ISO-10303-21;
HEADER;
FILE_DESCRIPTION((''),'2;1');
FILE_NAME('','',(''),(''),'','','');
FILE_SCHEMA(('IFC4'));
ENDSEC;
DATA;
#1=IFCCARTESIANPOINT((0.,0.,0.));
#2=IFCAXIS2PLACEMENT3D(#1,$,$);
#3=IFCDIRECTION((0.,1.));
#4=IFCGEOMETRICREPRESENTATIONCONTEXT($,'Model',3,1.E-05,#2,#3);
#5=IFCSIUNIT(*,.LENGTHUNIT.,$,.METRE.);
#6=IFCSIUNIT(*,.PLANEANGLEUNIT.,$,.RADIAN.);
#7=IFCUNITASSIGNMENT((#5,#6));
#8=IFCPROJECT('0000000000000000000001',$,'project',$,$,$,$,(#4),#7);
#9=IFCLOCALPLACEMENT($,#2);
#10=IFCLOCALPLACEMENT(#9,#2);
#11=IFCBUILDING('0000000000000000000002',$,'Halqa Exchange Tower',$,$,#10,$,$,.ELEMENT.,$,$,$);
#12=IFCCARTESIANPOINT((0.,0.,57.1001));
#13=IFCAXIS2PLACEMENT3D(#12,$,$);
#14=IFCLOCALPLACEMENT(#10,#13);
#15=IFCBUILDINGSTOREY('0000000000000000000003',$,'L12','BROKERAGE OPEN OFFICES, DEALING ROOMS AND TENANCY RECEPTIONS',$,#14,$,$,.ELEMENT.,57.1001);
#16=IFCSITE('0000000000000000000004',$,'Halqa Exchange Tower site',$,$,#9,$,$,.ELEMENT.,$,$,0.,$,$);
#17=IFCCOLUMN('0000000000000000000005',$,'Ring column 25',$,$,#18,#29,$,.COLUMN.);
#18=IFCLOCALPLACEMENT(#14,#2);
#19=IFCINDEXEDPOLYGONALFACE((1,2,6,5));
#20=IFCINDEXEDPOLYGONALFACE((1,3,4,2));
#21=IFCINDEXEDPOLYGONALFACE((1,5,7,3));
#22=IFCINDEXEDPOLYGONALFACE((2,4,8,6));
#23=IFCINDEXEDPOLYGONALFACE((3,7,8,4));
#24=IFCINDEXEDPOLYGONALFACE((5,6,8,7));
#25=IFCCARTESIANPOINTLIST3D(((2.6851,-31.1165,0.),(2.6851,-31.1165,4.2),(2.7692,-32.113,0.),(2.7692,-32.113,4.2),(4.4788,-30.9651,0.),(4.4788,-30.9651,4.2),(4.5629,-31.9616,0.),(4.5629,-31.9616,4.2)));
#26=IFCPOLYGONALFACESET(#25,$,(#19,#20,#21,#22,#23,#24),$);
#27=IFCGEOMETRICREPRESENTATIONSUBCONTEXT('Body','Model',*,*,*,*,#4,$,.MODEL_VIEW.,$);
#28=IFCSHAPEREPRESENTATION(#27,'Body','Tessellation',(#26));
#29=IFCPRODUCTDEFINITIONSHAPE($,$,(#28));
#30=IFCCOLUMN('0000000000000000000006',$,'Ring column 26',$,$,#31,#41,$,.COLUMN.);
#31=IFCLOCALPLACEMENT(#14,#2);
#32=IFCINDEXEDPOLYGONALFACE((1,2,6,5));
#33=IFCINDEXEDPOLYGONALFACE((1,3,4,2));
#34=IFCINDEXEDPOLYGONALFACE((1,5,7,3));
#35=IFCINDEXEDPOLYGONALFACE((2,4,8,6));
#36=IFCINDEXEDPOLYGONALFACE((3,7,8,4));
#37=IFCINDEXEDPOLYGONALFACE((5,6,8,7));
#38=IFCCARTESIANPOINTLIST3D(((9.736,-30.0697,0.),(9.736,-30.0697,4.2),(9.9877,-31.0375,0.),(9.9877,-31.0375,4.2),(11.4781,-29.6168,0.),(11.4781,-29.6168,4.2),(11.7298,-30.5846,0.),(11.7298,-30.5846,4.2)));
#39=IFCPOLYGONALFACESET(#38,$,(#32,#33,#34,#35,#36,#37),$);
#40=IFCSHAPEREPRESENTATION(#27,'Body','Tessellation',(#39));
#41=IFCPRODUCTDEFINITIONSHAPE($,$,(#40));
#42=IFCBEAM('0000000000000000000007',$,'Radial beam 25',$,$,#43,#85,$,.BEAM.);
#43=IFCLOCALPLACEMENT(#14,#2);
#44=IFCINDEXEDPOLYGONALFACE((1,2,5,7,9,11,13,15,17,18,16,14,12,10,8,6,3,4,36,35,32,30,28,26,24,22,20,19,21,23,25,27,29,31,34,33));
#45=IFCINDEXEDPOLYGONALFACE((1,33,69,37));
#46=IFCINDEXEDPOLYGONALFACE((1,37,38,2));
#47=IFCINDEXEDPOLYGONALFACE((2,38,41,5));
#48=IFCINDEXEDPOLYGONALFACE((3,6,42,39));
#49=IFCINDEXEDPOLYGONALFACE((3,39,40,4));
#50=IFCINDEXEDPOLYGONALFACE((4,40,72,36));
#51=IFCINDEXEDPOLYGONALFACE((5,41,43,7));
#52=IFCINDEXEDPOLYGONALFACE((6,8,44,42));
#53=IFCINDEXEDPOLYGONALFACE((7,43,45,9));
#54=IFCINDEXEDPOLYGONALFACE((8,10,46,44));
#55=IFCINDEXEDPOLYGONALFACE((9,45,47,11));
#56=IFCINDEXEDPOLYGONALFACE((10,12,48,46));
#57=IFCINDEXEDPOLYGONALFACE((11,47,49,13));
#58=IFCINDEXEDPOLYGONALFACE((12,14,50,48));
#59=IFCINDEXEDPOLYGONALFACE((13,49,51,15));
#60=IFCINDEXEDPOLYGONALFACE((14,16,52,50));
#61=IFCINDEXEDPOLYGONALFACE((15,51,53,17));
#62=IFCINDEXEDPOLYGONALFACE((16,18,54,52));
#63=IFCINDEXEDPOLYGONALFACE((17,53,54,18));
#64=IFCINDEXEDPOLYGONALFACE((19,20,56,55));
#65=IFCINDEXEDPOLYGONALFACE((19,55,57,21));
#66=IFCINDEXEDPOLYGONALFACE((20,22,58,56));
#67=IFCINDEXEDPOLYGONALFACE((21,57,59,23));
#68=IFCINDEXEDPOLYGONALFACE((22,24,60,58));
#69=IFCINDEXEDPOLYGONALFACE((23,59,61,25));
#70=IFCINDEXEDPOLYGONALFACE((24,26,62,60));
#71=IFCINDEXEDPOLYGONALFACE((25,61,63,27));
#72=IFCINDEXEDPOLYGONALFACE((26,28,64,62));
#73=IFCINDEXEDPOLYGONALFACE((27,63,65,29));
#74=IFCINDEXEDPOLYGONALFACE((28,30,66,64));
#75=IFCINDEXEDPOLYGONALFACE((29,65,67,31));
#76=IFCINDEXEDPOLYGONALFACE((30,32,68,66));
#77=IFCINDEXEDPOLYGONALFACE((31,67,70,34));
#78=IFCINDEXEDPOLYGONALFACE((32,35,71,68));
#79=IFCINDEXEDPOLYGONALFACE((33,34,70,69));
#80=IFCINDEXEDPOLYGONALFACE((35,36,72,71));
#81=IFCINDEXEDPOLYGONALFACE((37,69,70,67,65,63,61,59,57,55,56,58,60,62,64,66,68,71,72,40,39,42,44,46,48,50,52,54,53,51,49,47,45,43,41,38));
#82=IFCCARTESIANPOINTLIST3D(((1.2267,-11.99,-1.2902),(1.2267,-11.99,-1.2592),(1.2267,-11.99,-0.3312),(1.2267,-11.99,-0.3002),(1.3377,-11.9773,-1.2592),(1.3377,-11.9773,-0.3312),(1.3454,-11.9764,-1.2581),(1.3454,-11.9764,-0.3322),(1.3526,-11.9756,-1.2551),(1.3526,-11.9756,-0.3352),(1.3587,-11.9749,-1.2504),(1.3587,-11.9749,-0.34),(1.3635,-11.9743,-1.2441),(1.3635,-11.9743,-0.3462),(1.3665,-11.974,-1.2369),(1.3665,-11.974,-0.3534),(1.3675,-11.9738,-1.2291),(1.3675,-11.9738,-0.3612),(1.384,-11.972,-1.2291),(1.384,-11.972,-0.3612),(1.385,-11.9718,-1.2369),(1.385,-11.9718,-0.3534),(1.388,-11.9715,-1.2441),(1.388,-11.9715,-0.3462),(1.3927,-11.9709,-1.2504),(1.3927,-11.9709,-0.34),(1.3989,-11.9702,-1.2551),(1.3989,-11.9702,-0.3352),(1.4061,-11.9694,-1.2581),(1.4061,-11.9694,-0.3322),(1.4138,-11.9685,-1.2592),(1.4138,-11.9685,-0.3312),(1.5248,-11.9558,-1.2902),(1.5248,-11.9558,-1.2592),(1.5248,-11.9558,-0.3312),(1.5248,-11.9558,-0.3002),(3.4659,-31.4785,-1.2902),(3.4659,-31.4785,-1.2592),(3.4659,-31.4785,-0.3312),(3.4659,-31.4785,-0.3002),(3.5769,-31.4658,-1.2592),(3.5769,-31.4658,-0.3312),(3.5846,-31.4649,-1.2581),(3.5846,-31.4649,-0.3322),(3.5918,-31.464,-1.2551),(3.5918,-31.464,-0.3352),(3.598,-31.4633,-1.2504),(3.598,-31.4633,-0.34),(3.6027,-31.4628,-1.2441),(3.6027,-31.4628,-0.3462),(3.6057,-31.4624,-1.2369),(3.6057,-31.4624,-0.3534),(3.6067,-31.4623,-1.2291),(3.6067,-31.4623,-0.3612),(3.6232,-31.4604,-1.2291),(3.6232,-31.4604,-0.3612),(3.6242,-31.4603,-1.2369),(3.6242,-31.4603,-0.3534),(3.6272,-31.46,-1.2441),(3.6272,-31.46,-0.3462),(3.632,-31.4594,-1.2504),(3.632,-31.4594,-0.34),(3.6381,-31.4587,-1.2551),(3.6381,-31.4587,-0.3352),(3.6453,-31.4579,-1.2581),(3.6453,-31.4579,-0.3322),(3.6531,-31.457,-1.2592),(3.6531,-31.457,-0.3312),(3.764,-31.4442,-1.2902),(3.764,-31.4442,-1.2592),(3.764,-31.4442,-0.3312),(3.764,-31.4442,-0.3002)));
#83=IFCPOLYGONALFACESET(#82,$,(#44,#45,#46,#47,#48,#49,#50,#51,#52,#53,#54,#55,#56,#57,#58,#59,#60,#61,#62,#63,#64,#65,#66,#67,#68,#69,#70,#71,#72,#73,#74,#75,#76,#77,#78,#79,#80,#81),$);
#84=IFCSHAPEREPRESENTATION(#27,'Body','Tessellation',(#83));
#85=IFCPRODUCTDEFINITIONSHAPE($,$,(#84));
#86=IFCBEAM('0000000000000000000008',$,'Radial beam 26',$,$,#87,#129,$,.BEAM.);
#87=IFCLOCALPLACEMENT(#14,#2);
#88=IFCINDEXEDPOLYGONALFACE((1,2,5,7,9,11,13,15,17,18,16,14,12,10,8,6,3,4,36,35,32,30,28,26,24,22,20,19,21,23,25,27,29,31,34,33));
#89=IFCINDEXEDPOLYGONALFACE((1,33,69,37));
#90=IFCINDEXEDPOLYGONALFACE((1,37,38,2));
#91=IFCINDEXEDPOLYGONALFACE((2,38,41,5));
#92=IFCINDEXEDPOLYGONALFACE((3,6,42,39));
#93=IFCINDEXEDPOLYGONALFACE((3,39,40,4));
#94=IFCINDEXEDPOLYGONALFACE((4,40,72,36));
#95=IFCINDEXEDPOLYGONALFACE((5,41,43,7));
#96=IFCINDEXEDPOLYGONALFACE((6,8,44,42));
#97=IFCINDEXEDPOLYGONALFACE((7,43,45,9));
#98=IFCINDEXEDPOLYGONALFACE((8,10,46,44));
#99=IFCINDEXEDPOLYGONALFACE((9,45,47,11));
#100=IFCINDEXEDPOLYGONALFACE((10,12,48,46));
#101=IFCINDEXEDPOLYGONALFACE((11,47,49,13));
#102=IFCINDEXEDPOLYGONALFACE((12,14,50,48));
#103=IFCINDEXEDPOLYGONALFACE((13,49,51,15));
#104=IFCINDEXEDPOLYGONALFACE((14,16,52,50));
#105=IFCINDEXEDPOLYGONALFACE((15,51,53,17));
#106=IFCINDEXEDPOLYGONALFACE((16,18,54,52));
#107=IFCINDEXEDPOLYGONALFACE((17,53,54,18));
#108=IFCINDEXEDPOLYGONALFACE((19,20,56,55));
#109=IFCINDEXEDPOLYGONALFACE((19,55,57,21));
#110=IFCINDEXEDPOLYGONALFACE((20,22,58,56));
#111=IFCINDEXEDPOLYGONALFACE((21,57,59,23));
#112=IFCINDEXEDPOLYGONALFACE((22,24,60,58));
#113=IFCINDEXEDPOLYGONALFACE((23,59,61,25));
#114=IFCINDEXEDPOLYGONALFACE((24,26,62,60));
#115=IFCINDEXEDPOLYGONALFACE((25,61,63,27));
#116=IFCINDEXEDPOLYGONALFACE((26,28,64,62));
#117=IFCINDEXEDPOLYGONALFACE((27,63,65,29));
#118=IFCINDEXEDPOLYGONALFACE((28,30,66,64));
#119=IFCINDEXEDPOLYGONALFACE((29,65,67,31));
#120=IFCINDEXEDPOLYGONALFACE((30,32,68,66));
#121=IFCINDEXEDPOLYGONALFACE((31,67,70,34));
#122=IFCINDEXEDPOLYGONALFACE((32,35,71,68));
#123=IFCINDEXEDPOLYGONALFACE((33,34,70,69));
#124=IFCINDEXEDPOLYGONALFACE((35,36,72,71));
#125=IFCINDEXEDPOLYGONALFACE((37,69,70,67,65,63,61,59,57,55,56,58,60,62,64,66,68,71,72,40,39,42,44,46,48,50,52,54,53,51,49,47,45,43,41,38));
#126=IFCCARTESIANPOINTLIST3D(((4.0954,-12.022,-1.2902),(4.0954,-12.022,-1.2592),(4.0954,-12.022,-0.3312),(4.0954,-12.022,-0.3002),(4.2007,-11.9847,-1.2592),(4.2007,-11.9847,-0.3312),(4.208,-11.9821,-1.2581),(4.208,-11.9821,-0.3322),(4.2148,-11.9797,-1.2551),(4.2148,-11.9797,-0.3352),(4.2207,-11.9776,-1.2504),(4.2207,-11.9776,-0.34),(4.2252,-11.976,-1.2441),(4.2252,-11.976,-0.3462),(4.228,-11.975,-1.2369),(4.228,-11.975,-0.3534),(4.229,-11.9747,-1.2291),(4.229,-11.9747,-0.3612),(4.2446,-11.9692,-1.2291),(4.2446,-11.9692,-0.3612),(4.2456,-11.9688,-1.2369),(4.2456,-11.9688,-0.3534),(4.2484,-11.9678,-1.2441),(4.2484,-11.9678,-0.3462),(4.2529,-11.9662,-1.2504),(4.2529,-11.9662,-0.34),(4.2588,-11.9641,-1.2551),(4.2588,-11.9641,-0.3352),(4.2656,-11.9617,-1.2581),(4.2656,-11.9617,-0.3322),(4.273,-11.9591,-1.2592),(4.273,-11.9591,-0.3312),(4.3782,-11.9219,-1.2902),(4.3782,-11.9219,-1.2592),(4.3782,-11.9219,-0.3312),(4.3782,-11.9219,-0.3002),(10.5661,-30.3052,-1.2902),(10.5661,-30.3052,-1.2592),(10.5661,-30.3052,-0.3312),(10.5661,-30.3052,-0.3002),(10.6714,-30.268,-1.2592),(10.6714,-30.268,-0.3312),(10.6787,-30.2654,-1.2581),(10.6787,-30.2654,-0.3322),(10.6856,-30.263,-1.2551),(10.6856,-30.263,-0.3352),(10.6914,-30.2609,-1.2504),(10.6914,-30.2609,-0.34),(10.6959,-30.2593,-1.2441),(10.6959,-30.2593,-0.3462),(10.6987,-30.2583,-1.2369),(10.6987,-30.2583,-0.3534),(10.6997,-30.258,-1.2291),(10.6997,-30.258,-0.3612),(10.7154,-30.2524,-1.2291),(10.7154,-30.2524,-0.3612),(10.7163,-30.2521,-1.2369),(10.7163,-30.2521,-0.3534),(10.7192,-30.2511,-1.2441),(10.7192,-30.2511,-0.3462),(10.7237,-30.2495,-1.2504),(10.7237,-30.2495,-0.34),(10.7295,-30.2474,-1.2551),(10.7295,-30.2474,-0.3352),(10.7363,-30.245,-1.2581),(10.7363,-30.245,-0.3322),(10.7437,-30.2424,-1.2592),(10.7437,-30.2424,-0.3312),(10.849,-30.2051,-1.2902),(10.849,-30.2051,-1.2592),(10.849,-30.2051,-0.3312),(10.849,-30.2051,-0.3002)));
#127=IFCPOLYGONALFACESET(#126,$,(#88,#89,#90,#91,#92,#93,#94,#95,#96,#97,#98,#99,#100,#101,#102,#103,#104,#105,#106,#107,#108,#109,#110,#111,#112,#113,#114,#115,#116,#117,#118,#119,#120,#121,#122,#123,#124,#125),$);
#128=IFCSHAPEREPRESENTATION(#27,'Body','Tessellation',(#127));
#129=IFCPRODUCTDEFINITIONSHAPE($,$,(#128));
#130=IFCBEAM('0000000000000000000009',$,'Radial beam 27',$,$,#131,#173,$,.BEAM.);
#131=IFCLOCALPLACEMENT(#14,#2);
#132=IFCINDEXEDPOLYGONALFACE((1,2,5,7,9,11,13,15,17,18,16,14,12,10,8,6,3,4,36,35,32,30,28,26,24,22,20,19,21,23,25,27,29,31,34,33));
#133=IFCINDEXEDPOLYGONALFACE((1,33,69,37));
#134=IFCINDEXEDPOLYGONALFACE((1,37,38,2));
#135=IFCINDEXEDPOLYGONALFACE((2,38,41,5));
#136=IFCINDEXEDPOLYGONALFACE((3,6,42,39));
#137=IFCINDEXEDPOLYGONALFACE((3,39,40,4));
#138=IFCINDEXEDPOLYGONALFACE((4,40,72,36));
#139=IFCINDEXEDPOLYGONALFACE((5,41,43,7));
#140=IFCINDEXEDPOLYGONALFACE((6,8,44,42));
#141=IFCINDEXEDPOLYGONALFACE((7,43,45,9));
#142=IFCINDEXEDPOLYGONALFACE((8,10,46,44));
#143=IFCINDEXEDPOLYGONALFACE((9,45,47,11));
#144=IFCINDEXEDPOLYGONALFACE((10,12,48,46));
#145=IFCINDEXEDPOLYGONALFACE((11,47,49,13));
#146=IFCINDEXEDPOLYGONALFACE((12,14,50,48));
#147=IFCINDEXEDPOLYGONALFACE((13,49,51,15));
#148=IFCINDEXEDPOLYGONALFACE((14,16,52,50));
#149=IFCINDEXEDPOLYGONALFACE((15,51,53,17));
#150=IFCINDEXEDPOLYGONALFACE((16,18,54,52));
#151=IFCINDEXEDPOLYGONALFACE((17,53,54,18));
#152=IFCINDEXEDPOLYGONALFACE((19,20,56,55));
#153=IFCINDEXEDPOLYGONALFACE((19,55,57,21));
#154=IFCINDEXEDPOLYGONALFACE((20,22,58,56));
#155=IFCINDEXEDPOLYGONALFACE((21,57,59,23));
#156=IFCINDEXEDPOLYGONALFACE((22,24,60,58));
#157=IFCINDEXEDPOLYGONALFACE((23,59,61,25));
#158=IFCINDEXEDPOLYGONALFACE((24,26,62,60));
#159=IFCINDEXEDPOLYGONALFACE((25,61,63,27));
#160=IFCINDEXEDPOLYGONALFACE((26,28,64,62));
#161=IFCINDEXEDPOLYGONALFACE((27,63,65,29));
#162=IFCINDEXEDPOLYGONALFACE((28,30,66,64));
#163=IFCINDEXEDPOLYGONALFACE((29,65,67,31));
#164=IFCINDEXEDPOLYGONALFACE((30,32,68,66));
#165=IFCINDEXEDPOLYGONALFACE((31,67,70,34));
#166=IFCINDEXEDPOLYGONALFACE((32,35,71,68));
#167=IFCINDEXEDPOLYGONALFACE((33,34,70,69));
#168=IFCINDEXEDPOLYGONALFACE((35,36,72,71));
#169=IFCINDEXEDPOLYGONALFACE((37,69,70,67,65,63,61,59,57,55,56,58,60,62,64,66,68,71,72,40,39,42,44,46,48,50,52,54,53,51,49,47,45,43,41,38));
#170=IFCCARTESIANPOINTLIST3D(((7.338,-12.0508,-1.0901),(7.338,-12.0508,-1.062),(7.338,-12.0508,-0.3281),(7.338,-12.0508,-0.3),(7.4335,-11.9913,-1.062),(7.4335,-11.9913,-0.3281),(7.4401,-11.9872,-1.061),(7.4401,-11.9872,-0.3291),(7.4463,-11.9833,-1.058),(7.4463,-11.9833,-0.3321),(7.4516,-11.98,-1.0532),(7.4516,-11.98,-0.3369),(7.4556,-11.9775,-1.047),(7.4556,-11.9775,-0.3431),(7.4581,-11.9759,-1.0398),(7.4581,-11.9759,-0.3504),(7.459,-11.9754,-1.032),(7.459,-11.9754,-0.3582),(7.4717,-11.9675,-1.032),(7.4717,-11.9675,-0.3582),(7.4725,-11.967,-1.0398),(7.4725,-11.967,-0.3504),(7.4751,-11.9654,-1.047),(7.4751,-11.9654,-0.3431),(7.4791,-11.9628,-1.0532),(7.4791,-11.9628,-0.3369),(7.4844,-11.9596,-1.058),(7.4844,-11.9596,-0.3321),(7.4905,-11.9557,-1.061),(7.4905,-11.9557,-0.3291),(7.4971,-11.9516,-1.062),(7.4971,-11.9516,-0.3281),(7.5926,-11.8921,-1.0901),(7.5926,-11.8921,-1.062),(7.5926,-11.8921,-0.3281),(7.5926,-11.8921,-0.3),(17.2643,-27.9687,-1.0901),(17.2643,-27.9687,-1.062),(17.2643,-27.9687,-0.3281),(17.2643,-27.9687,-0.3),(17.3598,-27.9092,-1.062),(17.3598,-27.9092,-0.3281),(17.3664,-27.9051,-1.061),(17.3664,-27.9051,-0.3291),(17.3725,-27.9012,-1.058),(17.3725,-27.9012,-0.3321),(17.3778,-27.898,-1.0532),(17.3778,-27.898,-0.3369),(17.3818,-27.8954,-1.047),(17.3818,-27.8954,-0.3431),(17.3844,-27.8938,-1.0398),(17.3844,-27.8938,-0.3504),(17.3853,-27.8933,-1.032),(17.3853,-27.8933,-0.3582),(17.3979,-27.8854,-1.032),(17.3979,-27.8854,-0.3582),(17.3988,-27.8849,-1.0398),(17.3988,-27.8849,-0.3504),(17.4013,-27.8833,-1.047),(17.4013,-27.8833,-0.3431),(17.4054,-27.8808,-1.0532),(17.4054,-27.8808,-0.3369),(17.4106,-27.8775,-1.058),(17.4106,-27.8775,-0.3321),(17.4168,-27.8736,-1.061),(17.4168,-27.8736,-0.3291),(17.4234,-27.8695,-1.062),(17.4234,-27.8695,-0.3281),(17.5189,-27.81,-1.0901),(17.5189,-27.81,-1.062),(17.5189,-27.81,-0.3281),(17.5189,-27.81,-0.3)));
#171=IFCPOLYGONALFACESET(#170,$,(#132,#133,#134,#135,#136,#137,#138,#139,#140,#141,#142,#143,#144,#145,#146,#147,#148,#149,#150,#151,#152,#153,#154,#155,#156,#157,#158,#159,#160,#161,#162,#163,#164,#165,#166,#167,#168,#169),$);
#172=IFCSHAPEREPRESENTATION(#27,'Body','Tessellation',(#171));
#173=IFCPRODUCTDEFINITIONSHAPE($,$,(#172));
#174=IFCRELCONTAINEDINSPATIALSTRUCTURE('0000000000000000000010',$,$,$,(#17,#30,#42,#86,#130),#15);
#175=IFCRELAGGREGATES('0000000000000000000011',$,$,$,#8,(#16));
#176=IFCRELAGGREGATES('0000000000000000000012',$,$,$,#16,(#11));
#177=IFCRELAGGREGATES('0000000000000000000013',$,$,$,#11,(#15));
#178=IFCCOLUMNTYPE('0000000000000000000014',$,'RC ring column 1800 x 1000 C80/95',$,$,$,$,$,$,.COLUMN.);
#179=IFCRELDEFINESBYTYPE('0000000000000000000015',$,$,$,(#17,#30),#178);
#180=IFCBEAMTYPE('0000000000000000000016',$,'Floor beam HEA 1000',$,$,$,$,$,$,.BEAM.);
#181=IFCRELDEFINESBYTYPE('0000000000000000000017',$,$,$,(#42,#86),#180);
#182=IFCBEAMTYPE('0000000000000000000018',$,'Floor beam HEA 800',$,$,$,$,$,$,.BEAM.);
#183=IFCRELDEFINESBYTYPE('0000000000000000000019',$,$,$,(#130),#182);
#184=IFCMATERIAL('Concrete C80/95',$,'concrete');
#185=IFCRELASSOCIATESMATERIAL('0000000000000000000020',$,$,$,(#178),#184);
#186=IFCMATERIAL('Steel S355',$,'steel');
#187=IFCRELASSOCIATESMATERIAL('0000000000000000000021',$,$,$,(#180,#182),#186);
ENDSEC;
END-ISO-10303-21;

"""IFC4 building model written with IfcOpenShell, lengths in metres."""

from ifc_helpers import new_model, si_unit, direction, frame, origin, origin_2d, place, context, subcontext, project, spatial, rectangle, i_section, extrude, material, material_profile, profile_set, type_object, element, save


model = new_model("IFC4")

# Units and contexts
model_context = context("Model", 3, precision=1e-05, world=origin(), true_north=direction((0.0, 1.0)))
body_context = subcontext(model_context, "Body", "Model", "MODEL_VIEW")
ifc_project = project(units=[si_unit("LENGTHUNIT", "METRE"), si_unit("PLANEANGLEUNIT", "RADIAN")], contexts=[model_context])

# Site, building, storey
site_placement = place(None, origin())
site = spatial("IfcSite", under=ifc_project, at=site_placement, Name="Halqa Exchange Tower site", CompositionType="ELEMENT", RefElevation=0.0)
building_placement = place(site_placement, origin())
building = spatial("IfcBuilding", under=site, at=building_placement, Name="Halqa Exchange Tower", CompositionType="ELEMENT")
storey_placement = place(building_placement, frame((0.0, 0.0, 57.1001)))
storey = spatial("IfcBuildingStorey", under=building, at=storey_placement, Name="L12", Description="BROKERAGE OPEN OFFICES, DEALING ROOMS AND TENANCY RECEPTIONS", CompositionType="ELEMENT", Elevation=57.1001)

# Columns
ifc_material_1 = material(Name="Concrete C80/95", Category="concrete")
ifc_material_profile_1 = material_profile(ifc_material_1, rectangle(XDim=1.8, YDim=1.0, at=origin_2d()), Name="1800 x 1000")
ifc_profile_set_1 = profile_set([ifc_material_profile_1], Name="Concrete C80/95")
column_type = type_object("IfcColumnType", Name="RC ring column 1800 x 1000 C80/95", PredefinedType="COLUMN", material=ifc_profile_set_1)
for number, where, z_axis, x_axis, name in (
    (1, (3.624, -31.5391, 0.0), (0.0, 0.0, 1.0), (0.996456, 0.08412, 0.0), "Ring column 25"),
    (2, (10.7329, -30.3271, 0.0), (0.0, 0.0, 1.0), (0.96782, 0.251644, 0.0), "Ring column 26"),
):
    element("IfcColumn", number, at=place(storey_placement, frame(where, z_axis=z_axis, x_axis=x_axis)), inside=storey, type_object=column_type, Name=name, PredefinedType="COLUMN", context=body_context, shape_type="SweptSolid", body=[
        extrude(rectangle(XDim=1.8, YDim=1.0, at=origin_2d()), origin(), (0.0, 0.0, 1.0), 4.2),
    ])

# Beams
ifc_material_2 = material(Name="Steel S355", Category="steel")
ifc_material_profile_2 = material_profile(ifc_material_2, i_section(OverallWidth=0.3, OverallDepth=0.99, WebThickness=0.0166, FlangeThickness=0.031, FilletRadius=0.03, at=origin_2d()), Name="HEA 1000")
ifc_profile_set_2 = profile_set([ifc_material_profile_2], Name="Steel S355")
beam_type_1 = type_object("IfcBeamType", Name="Floor beam HEA 1000", PredefinedType="BEAM", material=ifc_profile_set_2)
beam_1_placement = place(storey_placement, frame((1.3757, -11.9729, -0.7952), z_axis=(0.11415, -0.993463, 0.0), x_axis=(0.993463, 0.11415, 0.0)))
element("IfcBeam", 3, at=beam_1_placement, inside=storey, type_object=beam_type_1, Name="Radial beam 25", PredefinedType="BEAM", context=body_context, shape_type="SweptSolid", body=[
    extrude(i_section(OverallWidth=0.3, OverallDepth=0.99, WebThickness=0.0166, FlangeThickness=0.031, FilletRadius=0.03, at=origin_2d()), origin(), (0.0, 0.0, 1.0), 19.6167),
])
beam_2_placement = place(storey_placement, frame((4.2368, -11.9719, -0.7952), z_axis=(0.333636, -0.942702, 0.0), x_axis=(0.942702, 0.333636, 0.0)))
element("IfcBeam", 4, at=beam_2_placement, inside=storey, type_object=beam_type_1, Name="Radial beam 26", PredefinedType="BEAM", context=body_context, shape_type="SweptSolid", body=[
    extrude(i_section(OverallWidth=0.3, OverallDepth=0.99, WebThickness=0.0166, FlangeThickness=0.031, FilletRadius=0.03, at=origin_2d()), origin(), (0.0, 0.0, 1.0), 19.3945),
])
ifc_material_profile_3 = material_profile(ifc_material_2, i_section(OverallWidth=0.3, OverallDepth=0.79, WebThickness=0.0149, FlangeThickness=0.0281, FilletRadius=0.03, at=origin_2d()), Name="HEA 800")
ifc_profile_set_3 = profile_set([ifc_material_profile_3], Name="Steel S355")
beam_type_2 = type_object("IfcBeamType", Name="Floor beam HEA 800", PredefinedType="BEAM", material=ifc_profile_set_3)
beam_3_placement = place(storey_placement, frame((7.4653, -11.9714, -0.6951), z_axis=(0.529138, -0.848536, 0.0), x_axis=(0.848536, 0.529138, 0.0)))
element("IfcBeam", 5, at=beam_3_placement, inside=storey, type_object=beam_type_2, Name="Radial beam 27", PredefinedType="BEAM", context=body_context, shape_type="SweptSolid", body=[
    extrude(i_section(OverallWidth=0.3, OverallDepth=0.79, WebThickness=0.0149, FlangeThickness=0.0281, FilletRadius=0.03, at=origin_2d()), origin(), (0.0, 0.0, 1.0), 18.7593),
])

save(model, "model.ifc")
